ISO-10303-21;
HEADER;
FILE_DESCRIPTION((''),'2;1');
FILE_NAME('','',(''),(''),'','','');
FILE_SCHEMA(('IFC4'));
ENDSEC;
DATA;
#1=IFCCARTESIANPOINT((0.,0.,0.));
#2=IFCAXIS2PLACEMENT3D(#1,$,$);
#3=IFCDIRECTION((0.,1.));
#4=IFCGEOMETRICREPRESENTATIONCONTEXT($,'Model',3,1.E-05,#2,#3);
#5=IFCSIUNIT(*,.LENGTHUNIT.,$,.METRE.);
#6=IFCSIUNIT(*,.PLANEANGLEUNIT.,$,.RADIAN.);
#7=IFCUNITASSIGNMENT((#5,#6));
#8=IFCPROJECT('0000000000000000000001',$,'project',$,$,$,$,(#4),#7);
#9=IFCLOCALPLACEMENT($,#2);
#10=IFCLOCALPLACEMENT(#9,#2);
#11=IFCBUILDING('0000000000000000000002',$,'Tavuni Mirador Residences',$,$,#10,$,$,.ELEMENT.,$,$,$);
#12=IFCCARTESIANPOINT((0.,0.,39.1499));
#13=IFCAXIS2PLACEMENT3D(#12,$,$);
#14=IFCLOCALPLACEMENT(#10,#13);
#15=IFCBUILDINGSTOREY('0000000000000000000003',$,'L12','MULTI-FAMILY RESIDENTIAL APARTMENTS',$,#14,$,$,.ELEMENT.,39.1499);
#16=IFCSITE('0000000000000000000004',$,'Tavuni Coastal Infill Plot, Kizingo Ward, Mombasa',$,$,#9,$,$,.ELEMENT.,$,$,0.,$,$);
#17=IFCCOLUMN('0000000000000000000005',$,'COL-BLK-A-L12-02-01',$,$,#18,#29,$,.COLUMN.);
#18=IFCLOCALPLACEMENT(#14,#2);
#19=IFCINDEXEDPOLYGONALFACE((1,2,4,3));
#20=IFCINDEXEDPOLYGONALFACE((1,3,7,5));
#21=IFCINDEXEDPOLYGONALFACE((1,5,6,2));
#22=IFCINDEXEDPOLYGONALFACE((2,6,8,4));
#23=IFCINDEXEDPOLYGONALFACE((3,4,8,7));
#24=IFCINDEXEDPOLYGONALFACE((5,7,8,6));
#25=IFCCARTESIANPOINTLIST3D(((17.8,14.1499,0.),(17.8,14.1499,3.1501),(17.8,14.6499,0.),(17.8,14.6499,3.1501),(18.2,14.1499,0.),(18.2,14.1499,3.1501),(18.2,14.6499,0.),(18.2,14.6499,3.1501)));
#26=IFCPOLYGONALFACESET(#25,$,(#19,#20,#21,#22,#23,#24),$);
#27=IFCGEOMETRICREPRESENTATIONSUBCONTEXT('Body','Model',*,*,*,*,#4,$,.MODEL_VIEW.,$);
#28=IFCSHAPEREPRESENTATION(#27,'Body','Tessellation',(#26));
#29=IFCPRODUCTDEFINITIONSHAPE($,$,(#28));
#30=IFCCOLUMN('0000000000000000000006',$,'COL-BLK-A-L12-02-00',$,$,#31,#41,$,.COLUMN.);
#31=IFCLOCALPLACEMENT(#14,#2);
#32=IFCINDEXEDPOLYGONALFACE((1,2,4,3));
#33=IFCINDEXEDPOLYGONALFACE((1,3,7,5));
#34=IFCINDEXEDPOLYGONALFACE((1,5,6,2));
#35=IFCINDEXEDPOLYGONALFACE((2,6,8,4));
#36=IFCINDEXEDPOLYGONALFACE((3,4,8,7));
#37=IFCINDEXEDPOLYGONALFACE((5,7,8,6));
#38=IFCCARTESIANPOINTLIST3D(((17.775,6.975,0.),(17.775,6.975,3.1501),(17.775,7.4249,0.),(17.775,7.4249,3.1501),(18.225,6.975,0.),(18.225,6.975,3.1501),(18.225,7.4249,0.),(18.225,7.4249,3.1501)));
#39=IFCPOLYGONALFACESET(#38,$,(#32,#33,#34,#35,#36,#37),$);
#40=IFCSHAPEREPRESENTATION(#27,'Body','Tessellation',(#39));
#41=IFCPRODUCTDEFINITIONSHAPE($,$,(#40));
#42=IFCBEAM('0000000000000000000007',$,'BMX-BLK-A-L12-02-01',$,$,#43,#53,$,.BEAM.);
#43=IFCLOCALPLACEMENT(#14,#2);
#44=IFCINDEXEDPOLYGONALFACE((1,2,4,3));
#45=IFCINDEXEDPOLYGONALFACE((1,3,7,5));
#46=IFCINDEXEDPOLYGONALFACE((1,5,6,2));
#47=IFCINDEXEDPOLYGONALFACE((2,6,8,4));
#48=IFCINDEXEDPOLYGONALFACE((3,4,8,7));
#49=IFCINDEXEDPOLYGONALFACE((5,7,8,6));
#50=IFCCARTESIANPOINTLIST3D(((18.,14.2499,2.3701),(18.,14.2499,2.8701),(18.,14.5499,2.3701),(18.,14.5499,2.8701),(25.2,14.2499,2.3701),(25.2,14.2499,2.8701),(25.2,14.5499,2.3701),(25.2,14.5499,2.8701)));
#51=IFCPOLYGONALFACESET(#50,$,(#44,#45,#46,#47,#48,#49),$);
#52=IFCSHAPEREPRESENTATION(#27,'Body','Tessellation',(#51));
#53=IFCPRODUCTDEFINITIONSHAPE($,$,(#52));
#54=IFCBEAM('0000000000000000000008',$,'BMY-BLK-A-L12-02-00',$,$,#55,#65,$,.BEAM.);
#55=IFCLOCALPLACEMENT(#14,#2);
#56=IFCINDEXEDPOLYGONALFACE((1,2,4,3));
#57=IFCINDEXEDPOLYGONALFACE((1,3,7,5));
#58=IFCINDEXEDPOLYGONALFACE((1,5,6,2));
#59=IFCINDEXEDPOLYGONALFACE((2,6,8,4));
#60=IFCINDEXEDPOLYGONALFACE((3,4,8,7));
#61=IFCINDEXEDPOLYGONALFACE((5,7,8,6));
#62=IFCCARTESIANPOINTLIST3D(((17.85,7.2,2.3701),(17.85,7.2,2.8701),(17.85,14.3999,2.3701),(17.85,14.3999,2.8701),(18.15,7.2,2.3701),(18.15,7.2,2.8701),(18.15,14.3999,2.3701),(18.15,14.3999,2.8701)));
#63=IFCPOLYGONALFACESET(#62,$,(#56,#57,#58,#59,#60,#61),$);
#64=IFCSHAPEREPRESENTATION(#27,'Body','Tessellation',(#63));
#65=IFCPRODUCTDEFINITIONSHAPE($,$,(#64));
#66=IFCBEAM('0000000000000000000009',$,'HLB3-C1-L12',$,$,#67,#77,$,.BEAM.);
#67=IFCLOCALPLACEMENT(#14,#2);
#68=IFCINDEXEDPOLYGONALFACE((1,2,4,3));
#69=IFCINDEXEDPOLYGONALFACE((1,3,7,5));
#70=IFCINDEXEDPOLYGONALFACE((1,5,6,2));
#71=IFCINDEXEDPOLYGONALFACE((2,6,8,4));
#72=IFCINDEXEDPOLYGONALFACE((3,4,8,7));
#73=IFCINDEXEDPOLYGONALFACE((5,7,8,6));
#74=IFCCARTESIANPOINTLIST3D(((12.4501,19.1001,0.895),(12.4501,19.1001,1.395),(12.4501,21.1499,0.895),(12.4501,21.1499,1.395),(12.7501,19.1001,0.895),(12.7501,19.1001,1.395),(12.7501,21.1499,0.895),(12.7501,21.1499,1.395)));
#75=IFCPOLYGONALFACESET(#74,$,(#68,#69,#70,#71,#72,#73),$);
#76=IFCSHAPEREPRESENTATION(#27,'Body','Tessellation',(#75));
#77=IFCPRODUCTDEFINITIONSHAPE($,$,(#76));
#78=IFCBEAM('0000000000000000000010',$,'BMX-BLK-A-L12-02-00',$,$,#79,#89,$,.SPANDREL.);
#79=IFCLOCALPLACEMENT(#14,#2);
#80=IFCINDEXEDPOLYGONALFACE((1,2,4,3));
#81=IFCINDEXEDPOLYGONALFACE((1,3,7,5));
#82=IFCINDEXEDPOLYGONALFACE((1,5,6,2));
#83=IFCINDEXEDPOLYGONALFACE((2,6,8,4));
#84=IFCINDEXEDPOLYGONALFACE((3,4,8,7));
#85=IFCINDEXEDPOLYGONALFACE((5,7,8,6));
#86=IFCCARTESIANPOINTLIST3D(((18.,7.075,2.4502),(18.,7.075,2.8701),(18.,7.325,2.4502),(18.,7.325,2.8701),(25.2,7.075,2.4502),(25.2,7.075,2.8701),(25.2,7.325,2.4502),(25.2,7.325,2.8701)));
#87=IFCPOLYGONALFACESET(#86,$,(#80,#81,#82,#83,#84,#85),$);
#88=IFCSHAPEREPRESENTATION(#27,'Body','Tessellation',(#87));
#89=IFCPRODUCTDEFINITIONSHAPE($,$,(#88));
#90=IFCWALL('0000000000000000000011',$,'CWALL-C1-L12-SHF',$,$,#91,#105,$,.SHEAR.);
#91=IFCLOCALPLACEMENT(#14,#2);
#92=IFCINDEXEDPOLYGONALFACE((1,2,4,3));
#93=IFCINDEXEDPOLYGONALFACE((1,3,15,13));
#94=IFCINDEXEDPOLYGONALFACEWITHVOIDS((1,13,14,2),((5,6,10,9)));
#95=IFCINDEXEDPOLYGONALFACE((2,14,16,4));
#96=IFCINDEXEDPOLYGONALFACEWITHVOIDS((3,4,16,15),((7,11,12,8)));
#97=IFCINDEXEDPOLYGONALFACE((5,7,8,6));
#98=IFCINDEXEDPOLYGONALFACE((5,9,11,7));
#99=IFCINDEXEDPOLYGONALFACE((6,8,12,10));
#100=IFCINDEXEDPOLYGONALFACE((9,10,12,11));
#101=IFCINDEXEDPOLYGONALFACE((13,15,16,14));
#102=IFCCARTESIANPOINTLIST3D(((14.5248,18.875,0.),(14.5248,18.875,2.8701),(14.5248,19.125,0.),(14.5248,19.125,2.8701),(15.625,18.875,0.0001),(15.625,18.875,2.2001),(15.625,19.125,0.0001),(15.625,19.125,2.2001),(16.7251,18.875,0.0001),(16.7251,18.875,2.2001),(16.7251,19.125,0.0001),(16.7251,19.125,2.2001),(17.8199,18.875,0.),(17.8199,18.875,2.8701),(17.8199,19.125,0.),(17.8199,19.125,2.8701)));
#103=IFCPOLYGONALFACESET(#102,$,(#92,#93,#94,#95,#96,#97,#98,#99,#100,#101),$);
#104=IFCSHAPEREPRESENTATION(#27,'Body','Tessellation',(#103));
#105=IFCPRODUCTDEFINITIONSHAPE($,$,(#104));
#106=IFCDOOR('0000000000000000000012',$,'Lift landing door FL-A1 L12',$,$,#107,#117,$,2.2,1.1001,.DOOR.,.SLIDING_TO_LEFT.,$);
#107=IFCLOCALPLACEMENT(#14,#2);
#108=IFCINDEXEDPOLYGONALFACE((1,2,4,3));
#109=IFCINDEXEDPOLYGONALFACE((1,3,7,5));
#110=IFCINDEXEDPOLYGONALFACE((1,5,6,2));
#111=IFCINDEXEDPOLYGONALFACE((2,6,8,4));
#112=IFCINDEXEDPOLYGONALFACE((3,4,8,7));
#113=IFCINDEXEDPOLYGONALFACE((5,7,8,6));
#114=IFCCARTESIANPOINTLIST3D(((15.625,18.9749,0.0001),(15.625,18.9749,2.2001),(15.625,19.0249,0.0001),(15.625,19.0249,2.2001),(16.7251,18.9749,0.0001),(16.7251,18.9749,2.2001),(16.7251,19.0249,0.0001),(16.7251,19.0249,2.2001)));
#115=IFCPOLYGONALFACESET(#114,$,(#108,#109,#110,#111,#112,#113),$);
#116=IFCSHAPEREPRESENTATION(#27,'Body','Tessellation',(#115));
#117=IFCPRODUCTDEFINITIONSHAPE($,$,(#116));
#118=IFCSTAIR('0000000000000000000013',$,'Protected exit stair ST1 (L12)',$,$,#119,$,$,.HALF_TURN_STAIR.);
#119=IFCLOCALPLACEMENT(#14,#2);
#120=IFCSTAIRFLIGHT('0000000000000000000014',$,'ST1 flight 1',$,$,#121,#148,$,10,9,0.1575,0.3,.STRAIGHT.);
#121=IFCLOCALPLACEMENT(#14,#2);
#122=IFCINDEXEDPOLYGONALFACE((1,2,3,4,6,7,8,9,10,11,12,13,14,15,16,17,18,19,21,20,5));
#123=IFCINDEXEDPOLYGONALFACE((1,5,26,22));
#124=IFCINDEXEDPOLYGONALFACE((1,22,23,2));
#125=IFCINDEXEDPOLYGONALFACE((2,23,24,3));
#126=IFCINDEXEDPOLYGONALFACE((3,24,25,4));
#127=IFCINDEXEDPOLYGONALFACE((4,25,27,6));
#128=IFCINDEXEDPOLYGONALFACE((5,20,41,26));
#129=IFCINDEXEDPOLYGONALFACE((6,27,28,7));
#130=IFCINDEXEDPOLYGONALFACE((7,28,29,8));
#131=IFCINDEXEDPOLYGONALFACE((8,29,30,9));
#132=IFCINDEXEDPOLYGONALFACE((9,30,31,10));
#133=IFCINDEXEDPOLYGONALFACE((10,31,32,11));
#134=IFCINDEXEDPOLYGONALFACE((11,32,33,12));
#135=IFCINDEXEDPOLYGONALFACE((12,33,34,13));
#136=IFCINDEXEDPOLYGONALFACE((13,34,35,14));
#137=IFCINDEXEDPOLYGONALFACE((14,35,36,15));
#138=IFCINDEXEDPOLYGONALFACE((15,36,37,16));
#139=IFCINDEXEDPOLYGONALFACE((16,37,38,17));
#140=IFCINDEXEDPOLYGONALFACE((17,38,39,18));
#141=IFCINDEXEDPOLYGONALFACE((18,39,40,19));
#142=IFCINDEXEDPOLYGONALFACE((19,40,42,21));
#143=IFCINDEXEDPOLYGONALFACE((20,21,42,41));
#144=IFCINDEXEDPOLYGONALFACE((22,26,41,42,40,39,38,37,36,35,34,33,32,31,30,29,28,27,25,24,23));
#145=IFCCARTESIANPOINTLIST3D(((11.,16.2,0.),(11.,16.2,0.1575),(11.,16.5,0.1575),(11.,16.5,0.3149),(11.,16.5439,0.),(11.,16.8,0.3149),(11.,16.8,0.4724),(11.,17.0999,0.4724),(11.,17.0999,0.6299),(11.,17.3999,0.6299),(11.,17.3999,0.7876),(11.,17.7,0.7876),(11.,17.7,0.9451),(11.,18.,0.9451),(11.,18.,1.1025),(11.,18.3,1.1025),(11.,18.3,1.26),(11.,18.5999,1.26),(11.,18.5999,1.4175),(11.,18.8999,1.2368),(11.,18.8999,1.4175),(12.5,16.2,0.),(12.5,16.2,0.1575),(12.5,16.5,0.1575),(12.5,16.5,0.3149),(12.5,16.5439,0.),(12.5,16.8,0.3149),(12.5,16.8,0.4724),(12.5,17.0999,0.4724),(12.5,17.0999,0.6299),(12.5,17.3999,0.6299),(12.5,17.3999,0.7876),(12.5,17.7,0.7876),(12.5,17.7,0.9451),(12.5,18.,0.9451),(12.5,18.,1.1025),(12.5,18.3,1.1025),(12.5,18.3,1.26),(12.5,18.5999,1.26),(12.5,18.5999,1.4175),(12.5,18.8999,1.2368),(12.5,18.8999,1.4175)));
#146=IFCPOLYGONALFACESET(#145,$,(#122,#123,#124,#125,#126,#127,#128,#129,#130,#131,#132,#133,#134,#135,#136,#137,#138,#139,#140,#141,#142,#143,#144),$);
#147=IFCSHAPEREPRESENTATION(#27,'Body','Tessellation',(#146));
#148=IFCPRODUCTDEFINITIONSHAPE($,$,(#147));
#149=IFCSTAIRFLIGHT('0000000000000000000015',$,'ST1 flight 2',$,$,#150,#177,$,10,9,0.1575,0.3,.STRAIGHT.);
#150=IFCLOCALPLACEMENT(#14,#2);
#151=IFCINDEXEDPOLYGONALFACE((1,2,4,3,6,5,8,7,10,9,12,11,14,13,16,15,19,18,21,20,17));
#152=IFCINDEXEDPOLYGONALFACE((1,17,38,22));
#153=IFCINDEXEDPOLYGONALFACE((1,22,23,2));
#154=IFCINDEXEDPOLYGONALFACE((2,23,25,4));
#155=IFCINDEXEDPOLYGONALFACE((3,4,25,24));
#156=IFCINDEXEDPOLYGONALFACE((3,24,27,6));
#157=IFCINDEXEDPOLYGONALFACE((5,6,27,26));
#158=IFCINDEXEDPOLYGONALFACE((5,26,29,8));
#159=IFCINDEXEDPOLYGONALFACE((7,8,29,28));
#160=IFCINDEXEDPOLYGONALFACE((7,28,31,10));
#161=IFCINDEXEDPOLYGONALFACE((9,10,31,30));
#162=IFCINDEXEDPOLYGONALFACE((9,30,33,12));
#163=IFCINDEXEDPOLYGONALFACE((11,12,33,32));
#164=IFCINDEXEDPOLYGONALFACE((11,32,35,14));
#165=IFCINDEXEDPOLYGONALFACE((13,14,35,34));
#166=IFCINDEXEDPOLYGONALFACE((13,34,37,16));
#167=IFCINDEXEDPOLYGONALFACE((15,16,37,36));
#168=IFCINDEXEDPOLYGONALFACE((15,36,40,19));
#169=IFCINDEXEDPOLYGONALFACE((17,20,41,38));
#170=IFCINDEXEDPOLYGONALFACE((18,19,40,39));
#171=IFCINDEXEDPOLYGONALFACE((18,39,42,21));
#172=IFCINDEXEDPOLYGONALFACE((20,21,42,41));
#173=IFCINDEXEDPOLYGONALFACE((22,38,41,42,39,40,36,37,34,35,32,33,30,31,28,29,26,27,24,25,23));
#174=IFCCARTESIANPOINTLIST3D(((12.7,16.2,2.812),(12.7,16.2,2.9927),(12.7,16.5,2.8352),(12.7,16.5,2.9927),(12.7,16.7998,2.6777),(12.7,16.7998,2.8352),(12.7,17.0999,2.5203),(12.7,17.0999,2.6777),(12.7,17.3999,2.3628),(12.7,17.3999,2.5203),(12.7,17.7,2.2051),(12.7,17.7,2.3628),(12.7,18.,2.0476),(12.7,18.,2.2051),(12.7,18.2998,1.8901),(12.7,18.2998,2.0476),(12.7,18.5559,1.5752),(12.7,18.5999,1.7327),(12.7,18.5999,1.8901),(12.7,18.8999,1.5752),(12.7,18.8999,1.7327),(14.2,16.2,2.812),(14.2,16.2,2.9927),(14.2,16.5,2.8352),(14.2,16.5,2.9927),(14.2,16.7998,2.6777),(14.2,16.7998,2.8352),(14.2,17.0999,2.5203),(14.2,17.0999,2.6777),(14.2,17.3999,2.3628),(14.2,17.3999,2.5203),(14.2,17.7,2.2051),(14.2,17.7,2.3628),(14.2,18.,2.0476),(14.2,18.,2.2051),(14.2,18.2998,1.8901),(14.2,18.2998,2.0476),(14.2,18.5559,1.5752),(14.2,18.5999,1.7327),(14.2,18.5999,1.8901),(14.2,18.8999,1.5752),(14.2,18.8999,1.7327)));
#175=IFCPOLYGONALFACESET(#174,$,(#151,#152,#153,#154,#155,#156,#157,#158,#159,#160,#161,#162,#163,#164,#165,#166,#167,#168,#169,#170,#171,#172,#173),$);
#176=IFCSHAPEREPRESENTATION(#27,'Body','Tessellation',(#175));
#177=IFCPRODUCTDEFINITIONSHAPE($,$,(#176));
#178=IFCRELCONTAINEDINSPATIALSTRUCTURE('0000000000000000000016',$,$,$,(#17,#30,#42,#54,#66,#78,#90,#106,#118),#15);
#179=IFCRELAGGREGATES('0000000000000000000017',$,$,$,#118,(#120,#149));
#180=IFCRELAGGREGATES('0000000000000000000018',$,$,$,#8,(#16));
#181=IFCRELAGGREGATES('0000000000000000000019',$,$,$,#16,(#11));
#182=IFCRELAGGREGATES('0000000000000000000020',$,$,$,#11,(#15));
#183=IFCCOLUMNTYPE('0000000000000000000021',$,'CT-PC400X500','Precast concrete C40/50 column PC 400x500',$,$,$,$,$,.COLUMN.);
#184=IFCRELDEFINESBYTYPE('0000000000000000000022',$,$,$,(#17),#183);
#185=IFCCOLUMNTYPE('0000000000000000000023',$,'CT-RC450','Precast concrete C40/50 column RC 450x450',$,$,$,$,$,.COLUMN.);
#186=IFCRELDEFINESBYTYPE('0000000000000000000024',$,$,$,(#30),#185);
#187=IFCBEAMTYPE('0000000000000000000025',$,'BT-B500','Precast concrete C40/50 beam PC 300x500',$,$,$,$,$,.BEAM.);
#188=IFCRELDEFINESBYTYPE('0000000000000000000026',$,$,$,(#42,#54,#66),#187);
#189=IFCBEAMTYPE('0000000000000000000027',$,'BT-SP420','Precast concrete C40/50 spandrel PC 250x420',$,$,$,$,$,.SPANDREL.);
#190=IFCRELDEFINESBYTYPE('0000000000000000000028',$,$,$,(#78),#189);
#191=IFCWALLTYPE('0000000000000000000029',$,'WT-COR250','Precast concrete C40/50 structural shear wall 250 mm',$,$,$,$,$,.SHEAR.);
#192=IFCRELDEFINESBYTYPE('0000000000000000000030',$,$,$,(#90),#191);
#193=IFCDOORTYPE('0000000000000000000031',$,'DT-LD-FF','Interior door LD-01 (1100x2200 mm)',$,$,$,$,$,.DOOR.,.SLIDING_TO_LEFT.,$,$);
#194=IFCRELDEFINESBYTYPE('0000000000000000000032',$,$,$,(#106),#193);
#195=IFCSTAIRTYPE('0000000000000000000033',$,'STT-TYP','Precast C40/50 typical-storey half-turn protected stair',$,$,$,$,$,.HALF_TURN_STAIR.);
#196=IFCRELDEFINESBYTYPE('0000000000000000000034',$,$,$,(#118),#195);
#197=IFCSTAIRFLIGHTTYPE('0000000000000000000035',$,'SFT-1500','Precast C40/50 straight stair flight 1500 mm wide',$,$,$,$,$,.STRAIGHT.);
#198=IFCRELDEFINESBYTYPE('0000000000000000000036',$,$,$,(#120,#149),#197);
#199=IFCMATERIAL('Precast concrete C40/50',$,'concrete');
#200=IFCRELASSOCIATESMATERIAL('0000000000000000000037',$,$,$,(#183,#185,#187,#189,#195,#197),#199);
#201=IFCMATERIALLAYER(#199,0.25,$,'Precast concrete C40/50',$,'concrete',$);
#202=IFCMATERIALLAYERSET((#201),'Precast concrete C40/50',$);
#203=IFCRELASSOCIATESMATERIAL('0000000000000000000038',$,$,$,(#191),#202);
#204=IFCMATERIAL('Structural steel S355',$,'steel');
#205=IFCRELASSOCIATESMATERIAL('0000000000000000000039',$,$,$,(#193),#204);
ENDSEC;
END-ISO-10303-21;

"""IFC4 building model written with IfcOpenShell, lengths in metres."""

from ifc_helpers import new_model, si_unit, direction, frame, frame_2d, origin, origin_2d, place, context, subcontext, project, spatial, polyline, rectangle, outline, extrude, material, layer, layer_set, material_profile, profile_set, type_object, element, fill, aggregate, save


model = new_model("IFC4")

# Units and contexts
model_context = context("Model", 3, precision=1e-05, world=origin(), true_north=direction((0.0, 1.0)))
body_context = subcontext(model_context, "Body", "Model", "MODEL_VIEW")
ifc_project = project(units=[si_unit("LENGTHUNIT", "METRE"), si_unit("PLANEANGLEUNIT", "RADIAN")], contexts=[model_context])

# Site, building, storey
site_placement = place(None, origin())
site = spatial("IfcSite", under=ifc_project, at=site_placement, Name="Tavuni Coastal Infill Plot, Kizingo Ward, Mombasa", CompositionType="ELEMENT", RefElevation=0.0)
building_placement = place(site_placement, origin())
building = spatial("IfcBuilding", under=site, at=building_placement, Name="Tavuni Mirador Residences", CompositionType="ELEMENT")
storey_placement = place(building_placement, frame((0.0, 0.0, 39.1499)))
storey = spatial("IfcBuildingStorey", under=building, at=storey_placement, Name="L12", Description="MULTI-FAMILY RESIDENTIAL APARTMENTS", CompositionType="ELEMENT", Elevation=39.1499)

# Columns
ifc_material_1 = material(Name="Precast concrete C40/50", Category="concrete")
ifc_material_profile_1 = material_profile(ifc_material_1, rectangle(XDim=0.3999, YDim=0.5, at=origin_2d()), Name="PC 400x500", Category="concrete")
ifc_profile_set_1 = profile_set([ifc_material_profile_1], Name="Precast concrete C40/50")
column_type_1 = type_object("IfcColumnType", Name="CT-PC400X500", Description="Precast concrete C40/50 column PC 400x500", PredefinedType="COLUMN", material=ifc_profile_set_1)
column_1_placement = place(storey_placement, frame((18.0, 14.3999, 0.0), z_axis=(0.0, 0.0, 1.0), x_axis=(1.0, 0.0, 0.0)))
element("IfcColumn", 1, at=column_1_placement, inside=storey, type_object=column_type_1, Name="COL-BLK-A-L12-02-01", PredefinedType="COLUMN", context=body_context, shape_type="SweptSolid", body=[
    extrude(rectangle(XDim=0.3999, YDim=0.5, at=origin_2d()), origin(), (0.0, 0.0, 1.0), 3.1501),
])
ifc_material_profile_2 = material_profile(ifc_material_1, rectangle(XDim=0.45, YDim=0.45, at=origin_2d()), Name="RC 450x450", Category="concrete")
ifc_profile_set_2 = profile_set([ifc_material_profile_2], Name="Precast concrete C40/50")
column_type_2 = type_object("IfcColumnType", Name="CT-RC450", Description="Precast concrete C40/50 column RC 450x450", PredefinedType="COLUMN", material=ifc_profile_set_2)
column_2_placement = place(storey_placement, frame((18.0, 7.2, 0.0), z_axis=(0.0, 0.0, 1.0), x_axis=(1.0, 0.0, 0.0)))
element("IfcColumn", 2, at=column_2_placement, inside=storey, type_object=column_type_2, Name="COL-BLK-A-L12-02-00", PredefinedType="COLUMN", context=body_context, shape_type="SweptSolid", body=[
    extrude(rectangle(XDim=0.45, YDim=0.45, at=origin_2d()), origin(), (0.0, 0.0, 1.0), 3.1501),
])

# Beams
ifc_material_profile_3 = material_profile(ifc_material_1, rectangle(XDim=0.3, YDim=0.5, at=origin_2d()), Name="PC 300x500", Category="concrete")
ifc_profile_set_3 = profile_set([ifc_material_profile_3], Name="Precast concrete C40/50")
beam_type_1 = type_object("IfcBeamType", Name="BT-B500", Description="Precast concrete C40/50 beam PC 300x500", PredefinedType="BEAM", material=ifc_profile_set_3)
for number, where, z_axis, x_axis, name in (
    (3, (18.0, 14.3999, 2.6201), (1.0, 0.0, 0.0), (0.0, 1.0, 0.0), "BMX-BLK-A-L12-02-01"),
    (4, (18.0, 7.2, 2.6201), (0.0, 1.0, 0.0), (-1.0, 0.0, 0.0), "BMY-BLK-A-L12-02-00"),
):
    element("IfcBeam", number, at=place(storey_placement, frame(where, z_axis=z_axis, x_axis=x_axis)), inside=storey, type_object=beam_type_1, Name=name, PredefinedType="BEAM", context=body_context, shape_type="SweptSolid", body=[
        extrude(rectangle(XDim=0.3, YDim=0.5, at=origin_2d()), origin(), (0.0, 0.0, 1.0), 7.2),
    ])
beam_1_placement = place(storey_placement, frame((12.6001, 19.1001, 1.145), z_axis=(0.0, 1.0, 0.0), x_axis=(-1.0, 0.0, 0.0)))
element("IfcBeam", 5, at=beam_1_placement, inside=storey, type_object=beam_type_1, Name="HLB3-C1-L12", PredefinedType="BEAM", context=body_context, shape_type="SweptSolid", body=[
    extrude(rectangle(XDim=0.3, YDim=0.5, at=origin_2d()), origin(), (0.0, 0.0, 1.0), 2.0498),
])
ifc_material_profile_4 = material_profile(ifc_material_1, rectangle(XDim=0.25, YDim=0.4199, at=origin_2d()), Name="PC 250x420", Category="concrete")
ifc_profile_set_4 = profile_set([ifc_material_profile_4], Name="Precast concrete C40/50")
beam_type_2 = type_object("IfcBeamType", Name="BT-SP420", Description="Precast concrete C40/50 spandrel PC 250x420", PredefinedType="SPANDREL", material=ifc_profile_set_4)
beam_2_placement = place(storey_placement, frame((18.0, 7.2, 2.6602), z_axis=(1.0, 0.0, 0.0), x_axis=(0.0, 1.0, 0.0)))
element("IfcBeam", 6, at=beam_2_placement, inside=storey, type_object=beam_type_2, Name="BMX-BLK-A-L12-02-00", PredefinedType="SPANDREL", context=body_context, shape_type="SweptSolid", body=[
    extrude(rectangle(XDim=0.25, YDim=0.4199, at=origin_2d()), origin(), (0.0, 0.0, 1.0), 7.2),
])

# Wall, opening, door
ifc_layer_1 = layer(ifc_material_1, 0.25, Name="Precast concrete C40/50", Category="concrete")
ifc_layer_set_1 = layer_set([ifc_layer_1], Name="Precast concrete C40/50")
wall_type = type_object("IfcWallType", Name="WT-COR250", Description="Precast concrete C40/50 structural shear wall 250 mm", PredefinedType="SHEAR", material=ifc_layer_set_1)
wall_1_placement = place(storey_placement, frame((14.5249, 19.0, 0.0), z_axis=(0.0, 0.0, 1.0), x_axis=(1.0, 0.0, 0.0)))
wall_1 = element("IfcWall", 7, at=wall_1_placement, inside=storey, type_object=wall_type, Name="CWALL-C1-L12-SHF", PredefinedType="SHEAR", context=body_context, shape_type="SweptSolid", body=[
    extrude(rectangle(XDim=3.2952, YDim=0.25, at=frame_2d((1.6475, 0.0))), origin(), (0.0, 0.0, 1.0), 2.8701),
])
opening_1_placement = place(wall_1_placement, frame((1.1001, 0.0, 0.0)))
opening_1 = element("IfcOpeningElement", 8, at=opening_1_placement, cuts=wall_1, PredefinedType="OPENING", context=body_context, shape_type="SweptSolid", body=[
    extrude(rectangle(XDim=1.1001, YDim=2.2, at=frame_2d((0.55, 1.1001))), frame((0.0, 0.135, 0.0), z_axis=(0.0, -1.0, 0.0), x_axis=(1.0, 0.0, 0.0)), (0.0, 0.0, 1.0), 0.27),
])
ifc_material_2 = material(Name="Structural steel S355", Category="steel")
door_type_1 = type_object("IfcDoorType", Name="DT-LD-FF", Description="Interior door LD-01 (1100x2200 mm)", OperationType="SLIDING_TO_LEFT", PredefinedType="DOOR", material=ifc_material_2)
door_1_placement = place(opening_1_placement, origin())
door_1 = element("IfcDoor", 9, at=door_1_placement, inside=storey, type_object=door_type_1, Name="Lift landing door FL-A1 L12", OperationType="SLIDING_TO_LEFT", OverallHeight=2.2, OverallWidth=1.1001, PredefinedType="DOOR", context=body_context, shape_type="SweptSolid", body=[
    extrude(rectangle(XDim=1.1001, YDim=2.2, at=frame_2d((0.55, 1.1001))), frame((0.0, 0.0249, 0.0), z_axis=(0.0, -1.0, 0.0), x_axis=(1.0, 0.0, 0.0)), (0.0, 0.0, 1.0), 0.05),
])
fill(opening_1, door_1)

# Stair, stair flights
stair_type = type_object("IfcStairType", Name="STT-TYP", Description="Precast C40/50 typical-storey half-turn protected stair", PredefinedType="HALF_TURN_STAIR", material=ifc_material_1)
stair_placement = place(storey_placement, origin())
stair = element("IfcStair", 10, at=stair_placement, inside=storey, type_object=stair_type, Name="Protected exit stair ST1 (L12)", PredefinedType="HALF_TURN_STAIR")
stair_flight_type = type_object("IfcStairFlightType", Name="SFT-1500", Description="Precast C40/50 straight stair flight 1500 mm wide", PredefinedType="STRAIGHT", material=ifc_material_1)
stair_flight_1_placement = place(storey_placement, frame((11.75, 16.2, 0.0), z_axis=(0.0, 0.0, 1.0), x_axis=(0.0, 1.0, 0.0)))
stair_flight_1 = element("IfcStairFlight", 11, at=stair_flight_1_placement, type_object=stair_flight_type, Name="ST1 flight 1", NumberOfRisers=10, NumberOfTreads=9, PredefinedType="STRAIGHT", RiserHeight=0.1575, TreadLength=0.3, context=body_context, shape_type="SweptSolid", body=[
    extrude(outline(polyline([(0.0, 0.0), (0.0, 0.1575), (0.3, 0.1575), (0.3, 0.3149), (0.6001, 0.3149), (0.6001, 0.4724), (0.8999, 0.4724), (0.8999, 0.6299), (1.2, 0.6299), (1.2, 0.7876), (1.5, 0.7876), (1.5, 0.9451), (1.8, 0.9451), (1.8, 1.1025), (2.1001, 1.1025), (2.1001, 1.26), (2.3999, 1.26), (2.3999, 1.4175), (2.7, 1.4175), (2.7, 1.575), (2.7, 1.2368), (0.344, 0.0), (0.0, 0.0)])), frame((0.0, 0.75, 0.0), z_axis=(0.0, -1.0, 0.0), x_axis=(1.0, 0.0, 0.0)), (0.0, 0.0, 1.0), 1.5),
])
stair_flight_2_placement = place(storey_placement, frame((13.45, 18.8999, 1.5752), z_axis=(0.0, 0.0, 1.0), x_axis=(0.0, -1.0, 0.0)))
stair_flight_2 = element("IfcStairFlight", 12, at=stair_flight_2_placement, type_object=stair_flight_type, Name="ST1 flight 2", NumberOfRisers=10, NumberOfTreads=9, PredefinedType="STRAIGHT", RiserHeight=0.1575, TreadLength=0.3, context=body_context, shape_type="SweptSolid", body=[
    extrude(outline(polyline([(0.0, 0.0), (0.0, 0.1575), (0.3, 0.1575), (0.3, 0.3149), (0.6001, 0.3149), (0.6001, 0.4724), (0.8999, 0.4724), (0.8999, 0.6299), (1.2, 0.6299), (1.2, 0.7876), (1.5, 0.7876), (1.5, 0.9451), (1.8, 0.9451), (1.8, 1.1025), (2.1001, 1.1025), (2.1001, 1.26), (2.3999, 1.26), (2.3999, 1.4175), (2.7, 1.4175), (2.7, 1.575), (2.7, 1.2368), (0.344, 0.0), (0.0, 0.0)])), frame((0.0, 0.75, 0.0), z_axis=(0.0, -1.0, 0.0), x_axis=(1.0, 0.0, 0.0)), (0.0, 0.0, 1.0), 1.5),
])
aggregate(stair, [stair_flight_1, stair_flight_2])

save(model, "model.ifc")
